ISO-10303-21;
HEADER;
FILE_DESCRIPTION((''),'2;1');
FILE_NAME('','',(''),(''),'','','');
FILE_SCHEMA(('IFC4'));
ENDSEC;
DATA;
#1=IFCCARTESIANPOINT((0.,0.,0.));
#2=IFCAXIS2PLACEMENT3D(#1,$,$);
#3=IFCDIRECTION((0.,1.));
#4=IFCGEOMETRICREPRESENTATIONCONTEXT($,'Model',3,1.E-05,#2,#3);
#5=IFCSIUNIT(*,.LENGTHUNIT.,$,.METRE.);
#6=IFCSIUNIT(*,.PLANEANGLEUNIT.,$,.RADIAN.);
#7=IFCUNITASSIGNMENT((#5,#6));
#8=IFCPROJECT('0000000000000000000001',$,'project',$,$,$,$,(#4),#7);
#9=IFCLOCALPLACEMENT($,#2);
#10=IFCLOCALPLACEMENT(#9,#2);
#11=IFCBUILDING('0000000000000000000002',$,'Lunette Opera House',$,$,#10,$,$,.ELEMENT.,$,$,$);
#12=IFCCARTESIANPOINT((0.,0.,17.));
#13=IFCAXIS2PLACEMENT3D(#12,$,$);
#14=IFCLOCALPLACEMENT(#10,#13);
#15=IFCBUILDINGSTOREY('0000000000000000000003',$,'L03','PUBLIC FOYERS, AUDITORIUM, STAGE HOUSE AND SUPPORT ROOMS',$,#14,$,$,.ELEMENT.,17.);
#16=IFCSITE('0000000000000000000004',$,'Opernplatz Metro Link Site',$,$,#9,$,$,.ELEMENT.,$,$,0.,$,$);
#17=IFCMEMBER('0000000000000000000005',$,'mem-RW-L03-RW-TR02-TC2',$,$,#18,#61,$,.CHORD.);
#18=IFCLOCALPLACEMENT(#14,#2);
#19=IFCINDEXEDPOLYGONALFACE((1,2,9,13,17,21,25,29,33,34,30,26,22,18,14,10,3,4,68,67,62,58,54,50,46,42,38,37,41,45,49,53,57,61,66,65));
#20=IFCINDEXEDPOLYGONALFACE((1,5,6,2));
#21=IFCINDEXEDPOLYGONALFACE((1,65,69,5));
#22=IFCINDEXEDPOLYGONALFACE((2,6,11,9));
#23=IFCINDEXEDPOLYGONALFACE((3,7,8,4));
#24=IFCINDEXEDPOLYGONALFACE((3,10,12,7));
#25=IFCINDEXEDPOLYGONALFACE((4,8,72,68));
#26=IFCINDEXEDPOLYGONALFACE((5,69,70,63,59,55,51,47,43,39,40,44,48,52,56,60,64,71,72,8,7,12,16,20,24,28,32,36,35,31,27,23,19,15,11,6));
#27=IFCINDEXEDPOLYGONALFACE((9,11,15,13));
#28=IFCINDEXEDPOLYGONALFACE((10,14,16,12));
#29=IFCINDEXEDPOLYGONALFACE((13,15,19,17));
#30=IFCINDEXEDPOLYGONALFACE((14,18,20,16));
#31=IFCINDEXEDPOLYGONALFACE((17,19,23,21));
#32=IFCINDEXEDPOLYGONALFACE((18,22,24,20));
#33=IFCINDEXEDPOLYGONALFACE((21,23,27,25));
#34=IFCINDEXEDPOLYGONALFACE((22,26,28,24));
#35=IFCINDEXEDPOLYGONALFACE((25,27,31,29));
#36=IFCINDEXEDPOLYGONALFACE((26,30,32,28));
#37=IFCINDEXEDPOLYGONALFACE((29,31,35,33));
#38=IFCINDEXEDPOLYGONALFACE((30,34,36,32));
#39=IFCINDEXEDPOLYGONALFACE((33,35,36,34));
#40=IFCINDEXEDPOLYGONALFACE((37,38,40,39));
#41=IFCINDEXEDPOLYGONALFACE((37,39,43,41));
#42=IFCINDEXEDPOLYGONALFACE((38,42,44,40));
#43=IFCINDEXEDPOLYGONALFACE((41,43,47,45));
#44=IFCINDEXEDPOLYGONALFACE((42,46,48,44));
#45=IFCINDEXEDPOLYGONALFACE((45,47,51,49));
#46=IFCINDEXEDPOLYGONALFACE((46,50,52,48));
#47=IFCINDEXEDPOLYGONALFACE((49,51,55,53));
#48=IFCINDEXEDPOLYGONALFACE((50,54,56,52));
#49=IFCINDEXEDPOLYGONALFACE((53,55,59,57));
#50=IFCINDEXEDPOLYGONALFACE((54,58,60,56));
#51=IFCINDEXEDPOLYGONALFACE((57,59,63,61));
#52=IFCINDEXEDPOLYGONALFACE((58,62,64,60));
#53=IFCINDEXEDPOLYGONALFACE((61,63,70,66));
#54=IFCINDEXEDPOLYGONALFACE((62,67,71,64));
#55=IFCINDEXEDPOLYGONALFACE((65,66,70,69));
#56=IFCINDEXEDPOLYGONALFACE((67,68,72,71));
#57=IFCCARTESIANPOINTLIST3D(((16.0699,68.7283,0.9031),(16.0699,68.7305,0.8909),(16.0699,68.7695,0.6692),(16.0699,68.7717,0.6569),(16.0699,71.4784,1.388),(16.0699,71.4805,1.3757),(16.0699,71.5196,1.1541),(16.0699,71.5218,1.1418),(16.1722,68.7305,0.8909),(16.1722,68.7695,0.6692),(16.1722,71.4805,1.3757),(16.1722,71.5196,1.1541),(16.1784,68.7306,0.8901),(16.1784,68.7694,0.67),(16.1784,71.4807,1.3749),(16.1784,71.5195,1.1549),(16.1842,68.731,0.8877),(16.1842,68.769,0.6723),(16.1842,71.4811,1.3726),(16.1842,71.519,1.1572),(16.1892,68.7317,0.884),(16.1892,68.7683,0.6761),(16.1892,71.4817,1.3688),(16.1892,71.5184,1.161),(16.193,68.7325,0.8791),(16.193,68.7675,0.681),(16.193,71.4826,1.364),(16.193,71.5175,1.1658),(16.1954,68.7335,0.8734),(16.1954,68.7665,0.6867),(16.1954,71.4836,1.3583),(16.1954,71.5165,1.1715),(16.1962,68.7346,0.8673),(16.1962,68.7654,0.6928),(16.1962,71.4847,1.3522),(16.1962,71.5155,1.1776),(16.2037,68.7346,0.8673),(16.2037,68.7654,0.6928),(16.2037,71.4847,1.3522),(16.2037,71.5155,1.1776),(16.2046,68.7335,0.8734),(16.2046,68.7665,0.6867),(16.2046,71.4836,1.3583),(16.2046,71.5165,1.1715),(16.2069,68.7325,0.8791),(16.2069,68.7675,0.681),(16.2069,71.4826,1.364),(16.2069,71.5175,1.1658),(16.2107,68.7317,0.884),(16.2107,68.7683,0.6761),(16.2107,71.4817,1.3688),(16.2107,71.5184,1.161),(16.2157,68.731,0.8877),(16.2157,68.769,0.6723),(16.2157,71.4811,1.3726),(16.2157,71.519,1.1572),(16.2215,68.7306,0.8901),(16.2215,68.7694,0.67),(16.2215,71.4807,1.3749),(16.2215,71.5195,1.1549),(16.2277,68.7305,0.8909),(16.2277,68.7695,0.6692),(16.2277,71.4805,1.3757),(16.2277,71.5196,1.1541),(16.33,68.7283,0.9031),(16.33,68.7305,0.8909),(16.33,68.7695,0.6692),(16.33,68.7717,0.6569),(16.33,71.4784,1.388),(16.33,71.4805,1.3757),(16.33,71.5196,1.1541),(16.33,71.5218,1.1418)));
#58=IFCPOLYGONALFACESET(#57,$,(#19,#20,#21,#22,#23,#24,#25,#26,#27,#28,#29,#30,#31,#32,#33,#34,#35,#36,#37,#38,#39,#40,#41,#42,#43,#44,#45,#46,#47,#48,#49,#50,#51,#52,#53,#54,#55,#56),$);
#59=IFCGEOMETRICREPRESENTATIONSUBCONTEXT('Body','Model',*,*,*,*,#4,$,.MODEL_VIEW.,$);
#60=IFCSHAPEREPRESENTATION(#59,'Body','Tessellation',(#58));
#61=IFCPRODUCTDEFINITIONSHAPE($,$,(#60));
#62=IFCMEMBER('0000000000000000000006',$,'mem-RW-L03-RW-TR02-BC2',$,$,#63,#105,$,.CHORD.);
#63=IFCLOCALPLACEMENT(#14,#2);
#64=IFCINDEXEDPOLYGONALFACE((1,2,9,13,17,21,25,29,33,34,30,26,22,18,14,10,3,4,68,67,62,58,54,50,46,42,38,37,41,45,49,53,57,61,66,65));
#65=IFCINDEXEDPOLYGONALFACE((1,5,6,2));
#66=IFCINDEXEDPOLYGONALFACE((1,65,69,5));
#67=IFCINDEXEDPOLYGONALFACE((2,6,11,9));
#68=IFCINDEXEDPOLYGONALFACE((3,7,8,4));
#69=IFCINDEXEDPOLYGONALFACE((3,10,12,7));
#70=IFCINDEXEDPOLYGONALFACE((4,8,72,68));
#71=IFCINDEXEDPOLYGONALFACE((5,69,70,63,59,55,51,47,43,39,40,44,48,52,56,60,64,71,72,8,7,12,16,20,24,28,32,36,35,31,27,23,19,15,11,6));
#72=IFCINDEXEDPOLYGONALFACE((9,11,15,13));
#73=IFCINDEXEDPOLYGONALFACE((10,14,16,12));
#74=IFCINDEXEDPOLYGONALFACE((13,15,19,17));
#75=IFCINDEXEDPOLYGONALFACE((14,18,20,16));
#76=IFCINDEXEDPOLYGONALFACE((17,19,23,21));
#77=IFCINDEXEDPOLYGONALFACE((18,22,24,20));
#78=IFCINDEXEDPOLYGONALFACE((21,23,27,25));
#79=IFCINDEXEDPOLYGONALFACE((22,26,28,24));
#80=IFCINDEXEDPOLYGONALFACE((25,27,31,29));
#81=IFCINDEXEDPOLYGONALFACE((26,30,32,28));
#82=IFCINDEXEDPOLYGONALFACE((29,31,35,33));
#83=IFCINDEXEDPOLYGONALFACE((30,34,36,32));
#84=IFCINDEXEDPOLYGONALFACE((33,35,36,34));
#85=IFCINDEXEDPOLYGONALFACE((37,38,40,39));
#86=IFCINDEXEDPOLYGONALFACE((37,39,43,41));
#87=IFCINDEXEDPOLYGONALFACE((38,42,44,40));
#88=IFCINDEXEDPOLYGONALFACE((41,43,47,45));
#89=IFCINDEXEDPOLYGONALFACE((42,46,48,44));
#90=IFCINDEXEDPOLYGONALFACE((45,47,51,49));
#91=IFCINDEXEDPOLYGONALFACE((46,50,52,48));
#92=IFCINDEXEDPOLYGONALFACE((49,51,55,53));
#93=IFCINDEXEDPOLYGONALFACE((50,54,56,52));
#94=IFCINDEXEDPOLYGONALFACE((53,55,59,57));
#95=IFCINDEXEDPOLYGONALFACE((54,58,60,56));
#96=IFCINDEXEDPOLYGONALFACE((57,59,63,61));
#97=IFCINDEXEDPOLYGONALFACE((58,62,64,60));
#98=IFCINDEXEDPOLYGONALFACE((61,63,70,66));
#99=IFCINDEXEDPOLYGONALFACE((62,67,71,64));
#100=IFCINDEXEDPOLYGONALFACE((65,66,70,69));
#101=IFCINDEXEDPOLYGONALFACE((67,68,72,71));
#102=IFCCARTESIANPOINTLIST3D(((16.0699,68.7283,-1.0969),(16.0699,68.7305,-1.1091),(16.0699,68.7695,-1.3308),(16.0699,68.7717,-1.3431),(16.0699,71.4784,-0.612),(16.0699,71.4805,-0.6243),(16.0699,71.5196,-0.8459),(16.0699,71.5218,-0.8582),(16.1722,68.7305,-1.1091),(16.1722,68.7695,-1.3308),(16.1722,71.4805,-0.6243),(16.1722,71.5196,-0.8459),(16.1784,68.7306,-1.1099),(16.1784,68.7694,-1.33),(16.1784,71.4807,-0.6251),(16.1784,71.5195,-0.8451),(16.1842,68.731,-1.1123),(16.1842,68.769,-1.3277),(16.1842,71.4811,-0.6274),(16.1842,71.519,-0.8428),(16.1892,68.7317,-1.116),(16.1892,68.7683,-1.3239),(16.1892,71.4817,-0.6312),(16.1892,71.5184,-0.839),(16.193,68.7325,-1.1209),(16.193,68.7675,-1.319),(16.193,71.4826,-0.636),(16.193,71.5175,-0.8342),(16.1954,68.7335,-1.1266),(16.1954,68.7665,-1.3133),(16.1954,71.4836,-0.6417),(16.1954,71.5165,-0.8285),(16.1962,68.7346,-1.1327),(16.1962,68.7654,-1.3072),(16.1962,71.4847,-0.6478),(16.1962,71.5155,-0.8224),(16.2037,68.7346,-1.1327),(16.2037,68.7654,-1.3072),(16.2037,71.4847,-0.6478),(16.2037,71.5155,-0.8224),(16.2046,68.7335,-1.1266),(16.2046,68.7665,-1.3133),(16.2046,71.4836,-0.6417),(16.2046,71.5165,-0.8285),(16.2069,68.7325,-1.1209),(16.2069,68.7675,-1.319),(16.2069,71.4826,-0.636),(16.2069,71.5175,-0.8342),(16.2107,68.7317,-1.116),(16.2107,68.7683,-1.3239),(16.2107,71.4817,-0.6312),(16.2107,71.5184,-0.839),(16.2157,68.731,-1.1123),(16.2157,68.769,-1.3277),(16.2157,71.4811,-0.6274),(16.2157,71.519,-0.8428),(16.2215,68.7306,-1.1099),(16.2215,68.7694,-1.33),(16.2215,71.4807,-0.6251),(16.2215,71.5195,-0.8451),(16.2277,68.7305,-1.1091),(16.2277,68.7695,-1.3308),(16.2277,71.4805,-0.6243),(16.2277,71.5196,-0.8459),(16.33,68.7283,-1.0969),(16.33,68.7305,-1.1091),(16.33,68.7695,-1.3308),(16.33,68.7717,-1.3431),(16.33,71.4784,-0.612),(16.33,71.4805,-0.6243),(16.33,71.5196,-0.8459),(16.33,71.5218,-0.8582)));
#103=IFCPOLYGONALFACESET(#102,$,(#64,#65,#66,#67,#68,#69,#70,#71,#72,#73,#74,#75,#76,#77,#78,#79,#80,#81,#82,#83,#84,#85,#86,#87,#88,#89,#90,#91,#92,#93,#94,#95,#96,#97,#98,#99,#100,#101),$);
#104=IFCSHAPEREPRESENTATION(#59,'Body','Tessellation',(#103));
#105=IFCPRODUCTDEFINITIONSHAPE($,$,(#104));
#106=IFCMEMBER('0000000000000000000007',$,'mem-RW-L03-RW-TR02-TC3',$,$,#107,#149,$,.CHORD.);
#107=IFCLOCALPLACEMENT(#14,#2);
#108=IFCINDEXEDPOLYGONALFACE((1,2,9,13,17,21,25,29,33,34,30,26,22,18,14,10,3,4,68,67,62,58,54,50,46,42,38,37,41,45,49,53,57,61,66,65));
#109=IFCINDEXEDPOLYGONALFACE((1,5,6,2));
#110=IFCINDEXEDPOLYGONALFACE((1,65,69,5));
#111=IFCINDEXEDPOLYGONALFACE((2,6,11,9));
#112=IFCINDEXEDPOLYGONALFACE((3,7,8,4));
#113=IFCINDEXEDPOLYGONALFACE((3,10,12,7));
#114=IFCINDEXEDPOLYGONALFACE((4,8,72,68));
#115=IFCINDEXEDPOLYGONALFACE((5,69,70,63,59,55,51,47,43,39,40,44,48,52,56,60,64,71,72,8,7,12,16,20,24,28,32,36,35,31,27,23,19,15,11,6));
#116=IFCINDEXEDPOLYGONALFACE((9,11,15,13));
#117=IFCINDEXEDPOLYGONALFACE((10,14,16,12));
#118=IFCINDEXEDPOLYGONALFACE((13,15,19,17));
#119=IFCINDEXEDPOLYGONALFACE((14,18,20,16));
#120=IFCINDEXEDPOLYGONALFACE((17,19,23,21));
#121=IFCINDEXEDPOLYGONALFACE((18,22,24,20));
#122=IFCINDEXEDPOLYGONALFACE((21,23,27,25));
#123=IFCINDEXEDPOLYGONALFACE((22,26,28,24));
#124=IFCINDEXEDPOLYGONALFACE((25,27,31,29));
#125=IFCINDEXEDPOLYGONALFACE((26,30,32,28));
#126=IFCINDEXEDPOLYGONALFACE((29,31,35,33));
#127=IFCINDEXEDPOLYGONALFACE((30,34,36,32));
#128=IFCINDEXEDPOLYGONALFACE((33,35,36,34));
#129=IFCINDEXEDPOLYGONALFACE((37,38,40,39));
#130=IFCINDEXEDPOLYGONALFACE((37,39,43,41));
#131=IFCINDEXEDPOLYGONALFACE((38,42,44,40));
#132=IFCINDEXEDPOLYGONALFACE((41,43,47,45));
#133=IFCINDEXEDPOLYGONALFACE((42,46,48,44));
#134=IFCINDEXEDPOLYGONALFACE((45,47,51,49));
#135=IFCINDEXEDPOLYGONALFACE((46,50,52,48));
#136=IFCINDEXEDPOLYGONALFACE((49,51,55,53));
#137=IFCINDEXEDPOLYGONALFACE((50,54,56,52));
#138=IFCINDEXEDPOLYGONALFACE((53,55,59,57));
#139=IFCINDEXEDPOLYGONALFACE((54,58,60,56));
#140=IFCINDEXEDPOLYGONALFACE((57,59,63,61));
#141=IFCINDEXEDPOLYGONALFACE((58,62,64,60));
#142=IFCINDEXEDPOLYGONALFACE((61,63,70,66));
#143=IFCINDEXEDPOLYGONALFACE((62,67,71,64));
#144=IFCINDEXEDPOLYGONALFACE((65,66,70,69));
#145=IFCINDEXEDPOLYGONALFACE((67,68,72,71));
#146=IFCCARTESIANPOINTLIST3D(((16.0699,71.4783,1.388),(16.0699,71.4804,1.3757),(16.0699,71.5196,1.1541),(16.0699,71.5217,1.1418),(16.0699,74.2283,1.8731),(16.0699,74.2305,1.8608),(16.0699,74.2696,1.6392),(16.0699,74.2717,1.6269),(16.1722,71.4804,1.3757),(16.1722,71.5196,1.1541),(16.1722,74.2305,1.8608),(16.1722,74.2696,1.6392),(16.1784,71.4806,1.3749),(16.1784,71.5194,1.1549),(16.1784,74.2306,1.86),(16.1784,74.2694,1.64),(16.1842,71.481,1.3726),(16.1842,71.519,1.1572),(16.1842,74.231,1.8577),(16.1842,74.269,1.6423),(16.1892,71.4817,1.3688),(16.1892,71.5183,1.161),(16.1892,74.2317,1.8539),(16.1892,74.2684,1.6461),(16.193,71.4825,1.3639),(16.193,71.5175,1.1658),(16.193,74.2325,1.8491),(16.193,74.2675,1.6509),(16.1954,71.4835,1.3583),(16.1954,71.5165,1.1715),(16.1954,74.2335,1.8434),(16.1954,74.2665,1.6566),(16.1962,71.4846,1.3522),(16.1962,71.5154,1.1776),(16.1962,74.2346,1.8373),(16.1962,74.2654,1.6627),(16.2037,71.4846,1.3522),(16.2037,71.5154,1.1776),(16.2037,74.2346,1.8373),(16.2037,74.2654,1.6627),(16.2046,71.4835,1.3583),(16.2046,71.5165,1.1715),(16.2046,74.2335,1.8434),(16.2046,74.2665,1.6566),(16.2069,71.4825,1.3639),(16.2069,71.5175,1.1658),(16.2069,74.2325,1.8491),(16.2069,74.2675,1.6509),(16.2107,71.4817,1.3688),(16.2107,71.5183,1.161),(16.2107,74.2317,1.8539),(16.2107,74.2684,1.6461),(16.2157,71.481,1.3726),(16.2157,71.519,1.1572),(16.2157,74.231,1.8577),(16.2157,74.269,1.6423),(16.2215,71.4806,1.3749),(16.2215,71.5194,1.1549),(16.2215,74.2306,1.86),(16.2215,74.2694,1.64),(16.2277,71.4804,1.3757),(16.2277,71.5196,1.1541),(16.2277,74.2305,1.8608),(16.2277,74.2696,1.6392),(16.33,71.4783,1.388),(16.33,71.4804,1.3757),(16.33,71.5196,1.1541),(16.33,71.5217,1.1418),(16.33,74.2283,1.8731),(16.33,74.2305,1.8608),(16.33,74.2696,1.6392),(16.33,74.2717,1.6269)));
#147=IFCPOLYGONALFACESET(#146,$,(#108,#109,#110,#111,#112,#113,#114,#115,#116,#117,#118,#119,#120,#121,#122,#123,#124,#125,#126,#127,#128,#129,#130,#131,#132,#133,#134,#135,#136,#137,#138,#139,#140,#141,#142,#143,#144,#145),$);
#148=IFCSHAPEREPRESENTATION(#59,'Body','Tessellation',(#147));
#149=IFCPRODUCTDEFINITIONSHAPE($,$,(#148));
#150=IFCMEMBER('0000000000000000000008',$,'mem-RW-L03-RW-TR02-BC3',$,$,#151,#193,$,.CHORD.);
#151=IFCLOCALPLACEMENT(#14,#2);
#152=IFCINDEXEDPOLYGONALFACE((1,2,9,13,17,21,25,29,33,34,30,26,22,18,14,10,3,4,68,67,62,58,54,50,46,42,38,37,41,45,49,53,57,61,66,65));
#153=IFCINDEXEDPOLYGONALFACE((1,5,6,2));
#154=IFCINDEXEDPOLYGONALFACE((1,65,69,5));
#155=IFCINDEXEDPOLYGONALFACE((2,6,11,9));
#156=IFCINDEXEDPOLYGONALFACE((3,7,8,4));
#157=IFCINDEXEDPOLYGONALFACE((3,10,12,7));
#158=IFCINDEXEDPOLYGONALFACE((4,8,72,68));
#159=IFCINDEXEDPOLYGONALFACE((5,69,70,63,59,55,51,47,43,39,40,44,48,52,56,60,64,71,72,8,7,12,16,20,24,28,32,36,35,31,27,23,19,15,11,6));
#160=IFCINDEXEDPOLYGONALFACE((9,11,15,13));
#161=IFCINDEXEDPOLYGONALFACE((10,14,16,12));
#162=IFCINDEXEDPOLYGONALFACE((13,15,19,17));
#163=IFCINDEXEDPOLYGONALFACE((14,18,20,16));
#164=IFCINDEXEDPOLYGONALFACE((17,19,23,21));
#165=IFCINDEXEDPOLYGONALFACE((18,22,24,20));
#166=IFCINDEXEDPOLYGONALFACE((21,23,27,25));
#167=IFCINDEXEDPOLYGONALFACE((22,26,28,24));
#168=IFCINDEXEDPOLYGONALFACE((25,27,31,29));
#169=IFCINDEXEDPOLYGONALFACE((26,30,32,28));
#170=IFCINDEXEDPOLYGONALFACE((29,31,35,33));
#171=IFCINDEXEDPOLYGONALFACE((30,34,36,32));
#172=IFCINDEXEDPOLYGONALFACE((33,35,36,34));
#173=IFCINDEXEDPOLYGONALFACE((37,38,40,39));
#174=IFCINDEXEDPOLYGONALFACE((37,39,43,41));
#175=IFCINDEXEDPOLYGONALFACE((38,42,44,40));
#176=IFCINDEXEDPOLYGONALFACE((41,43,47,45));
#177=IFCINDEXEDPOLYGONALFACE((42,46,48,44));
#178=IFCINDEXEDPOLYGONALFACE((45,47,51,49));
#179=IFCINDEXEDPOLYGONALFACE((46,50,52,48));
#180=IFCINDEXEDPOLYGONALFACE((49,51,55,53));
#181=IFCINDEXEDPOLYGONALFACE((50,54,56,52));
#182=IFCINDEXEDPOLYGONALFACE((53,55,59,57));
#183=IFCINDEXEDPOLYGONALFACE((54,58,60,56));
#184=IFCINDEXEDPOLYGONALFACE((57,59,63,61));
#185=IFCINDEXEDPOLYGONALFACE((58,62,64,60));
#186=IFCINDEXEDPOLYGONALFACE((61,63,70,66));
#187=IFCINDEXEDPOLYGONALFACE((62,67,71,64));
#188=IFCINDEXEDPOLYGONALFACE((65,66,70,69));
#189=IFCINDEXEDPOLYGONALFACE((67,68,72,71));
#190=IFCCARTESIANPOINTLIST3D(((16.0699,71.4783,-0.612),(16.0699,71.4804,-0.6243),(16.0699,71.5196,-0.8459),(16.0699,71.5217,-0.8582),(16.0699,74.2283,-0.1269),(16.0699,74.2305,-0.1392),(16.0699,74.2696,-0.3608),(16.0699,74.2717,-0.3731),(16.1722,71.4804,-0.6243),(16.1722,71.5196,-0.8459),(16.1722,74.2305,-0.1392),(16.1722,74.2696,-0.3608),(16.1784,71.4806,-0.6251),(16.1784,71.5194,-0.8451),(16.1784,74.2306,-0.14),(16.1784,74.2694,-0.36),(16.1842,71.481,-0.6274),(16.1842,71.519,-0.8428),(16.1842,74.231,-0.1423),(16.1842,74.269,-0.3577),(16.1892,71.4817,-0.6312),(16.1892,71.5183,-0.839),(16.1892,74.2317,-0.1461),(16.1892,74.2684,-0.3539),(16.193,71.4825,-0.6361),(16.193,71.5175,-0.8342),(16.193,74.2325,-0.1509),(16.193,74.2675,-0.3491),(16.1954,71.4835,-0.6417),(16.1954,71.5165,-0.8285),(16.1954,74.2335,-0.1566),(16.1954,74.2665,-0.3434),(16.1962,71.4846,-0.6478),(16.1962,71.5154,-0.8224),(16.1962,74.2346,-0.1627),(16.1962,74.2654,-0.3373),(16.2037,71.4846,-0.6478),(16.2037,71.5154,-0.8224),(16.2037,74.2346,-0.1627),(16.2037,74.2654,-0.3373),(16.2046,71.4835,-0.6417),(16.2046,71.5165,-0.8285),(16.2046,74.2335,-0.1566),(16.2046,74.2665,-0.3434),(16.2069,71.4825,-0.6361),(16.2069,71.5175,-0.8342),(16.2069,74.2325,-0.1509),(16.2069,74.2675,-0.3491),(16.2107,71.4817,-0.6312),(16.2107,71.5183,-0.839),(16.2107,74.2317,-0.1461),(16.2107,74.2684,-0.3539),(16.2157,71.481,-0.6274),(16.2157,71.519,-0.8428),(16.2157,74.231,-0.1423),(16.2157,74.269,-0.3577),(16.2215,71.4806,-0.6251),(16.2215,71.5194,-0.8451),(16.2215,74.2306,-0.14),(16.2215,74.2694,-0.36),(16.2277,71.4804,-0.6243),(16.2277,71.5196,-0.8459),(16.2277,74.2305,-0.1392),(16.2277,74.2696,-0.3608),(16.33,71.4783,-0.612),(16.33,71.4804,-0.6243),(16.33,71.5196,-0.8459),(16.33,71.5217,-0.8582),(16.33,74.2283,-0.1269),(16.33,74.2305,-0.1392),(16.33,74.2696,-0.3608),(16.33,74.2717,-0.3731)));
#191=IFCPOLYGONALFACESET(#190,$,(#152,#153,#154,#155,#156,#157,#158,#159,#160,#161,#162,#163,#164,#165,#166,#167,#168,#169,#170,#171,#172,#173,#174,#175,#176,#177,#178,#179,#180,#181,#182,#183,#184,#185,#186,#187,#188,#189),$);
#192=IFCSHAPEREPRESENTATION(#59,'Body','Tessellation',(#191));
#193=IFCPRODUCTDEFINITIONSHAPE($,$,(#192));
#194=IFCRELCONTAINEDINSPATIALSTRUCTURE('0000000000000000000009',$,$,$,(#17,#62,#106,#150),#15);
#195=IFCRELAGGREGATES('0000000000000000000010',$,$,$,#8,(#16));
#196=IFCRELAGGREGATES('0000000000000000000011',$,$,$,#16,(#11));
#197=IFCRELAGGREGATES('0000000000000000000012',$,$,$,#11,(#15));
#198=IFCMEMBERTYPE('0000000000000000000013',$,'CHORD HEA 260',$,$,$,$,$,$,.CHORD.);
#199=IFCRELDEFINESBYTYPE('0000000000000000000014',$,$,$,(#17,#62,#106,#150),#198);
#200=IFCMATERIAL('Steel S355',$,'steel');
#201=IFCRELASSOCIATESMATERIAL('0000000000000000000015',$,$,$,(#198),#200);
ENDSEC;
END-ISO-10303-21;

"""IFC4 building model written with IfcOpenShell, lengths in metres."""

from ifc_helpers import new_model, si_unit, direction, frame, origin, origin_2d, place, context, subcontext, project, spatial, i_section, extrude, material, material_profile, profile_set, type_object, element, save


model = new_model("IFC4")

# Units and contexts
model_context = context("Model", 3, precision=1e-05, world=origin(), true_north=direction((0.0, 1.0)))
body_context = subcontext(model_context, "Body", "Model", "MODEL_VIEW")
ifc_project = project(units=[si_unit("LENGTHUNIT", "METRE"), si_unit("PLANEANGLEUNIT", "RADIAN")], contexts=[model_context])

# Site, building, storey
site_placement = place(None, origin())
site = spatial("IfcSite", under=ifc_project, at=site_placement, Name="Opernplatz Metro Link Site", CompositionType="ELEMENT", RefElevation=0.0)
building_placement = place(site_placement, origin())
building = spatial("IfcBuilding", under=site, at=building_placement, Name="Lunette Opera House", CompositionType="ELEMENT")
storey_placement = place(building_placement, frame((0.0, 0.0, 17.0)))
storey = spatial("IfcBuildingStorey", under=building, at=storey_placement, Name="L03", Description="PUBLIC FOYERS, AUDITORIUM, STAGE HOUSE AND SUPPORT ROOMS", CompositionType="ELEMENT", Elevation=17.0)

# Members
ifc_material_1 = material(Name="Steel S355", Category="steel")
ifc_material_profile_1 = material_profile(ifc_material_1, i_section(OverallWidth=0.26, OverallDepth=0.25, WebThickness=0.0076, FlangeThickness=0.0125, FilletRadius=0.0239, at=origin_2d()), Name="HEA 260")
ifc_profile_set_1 = profile_set([ifc_material_profile_1], Name="Steel S355")
member_type_1 = type_object("IfcMemberType", Name="CHORD HEA 260", PredefinedType="CHORD", material=ifc_profile_set_1)
for number, where, z_axis, x_axis, name in (
    (1, (16.2, 68.75, 0.78), (0.0, 0.98481, 0.173636), (-1.0, 0.0, 0.0), "mem-RW-L03-RW-TR02-TC2"),
    (2, (16.2, 68.75, -1.22), (0.0, 0.98481, 0.173636), (-1.0, 0.0, 0.0), "mem-RW-L03-RW-TR02-BC2"),
    (3, (16.2, 71.5, 1.2649), (0.0, 0.984795, 0.17372), (-1.0, 0.0, 0.0), "mem-RW-L03-RW-TR02-TC3"),
    (4, (16.2, 71.5, -0.7351), (0.0, 0.984795, 0.17372), (-1.0, 0.0, 0.0), "mem-RW-L03-RW-TR02-BC3"),
):
    element("IfcMember", number, at=place(storey_placement, frame(where, z_axis=z_axis, x_axis=x_axis)), inside=storey, type_object=member_type_1, Name=name, PredefinedType="CHORD", context=body_context, shape_type="SweptSolid", body=[
        extrude(i_section(OverallWidth=0.26, OverallDepth=0.25, WebThickness=0.0076, FlangeThickness=0.0125, FilletRadius=0.0239, at=origin_2d()), origin(), (0.0, 0.0, 1.0), 2.7925),
    ])

save(model, "model.ifc")
